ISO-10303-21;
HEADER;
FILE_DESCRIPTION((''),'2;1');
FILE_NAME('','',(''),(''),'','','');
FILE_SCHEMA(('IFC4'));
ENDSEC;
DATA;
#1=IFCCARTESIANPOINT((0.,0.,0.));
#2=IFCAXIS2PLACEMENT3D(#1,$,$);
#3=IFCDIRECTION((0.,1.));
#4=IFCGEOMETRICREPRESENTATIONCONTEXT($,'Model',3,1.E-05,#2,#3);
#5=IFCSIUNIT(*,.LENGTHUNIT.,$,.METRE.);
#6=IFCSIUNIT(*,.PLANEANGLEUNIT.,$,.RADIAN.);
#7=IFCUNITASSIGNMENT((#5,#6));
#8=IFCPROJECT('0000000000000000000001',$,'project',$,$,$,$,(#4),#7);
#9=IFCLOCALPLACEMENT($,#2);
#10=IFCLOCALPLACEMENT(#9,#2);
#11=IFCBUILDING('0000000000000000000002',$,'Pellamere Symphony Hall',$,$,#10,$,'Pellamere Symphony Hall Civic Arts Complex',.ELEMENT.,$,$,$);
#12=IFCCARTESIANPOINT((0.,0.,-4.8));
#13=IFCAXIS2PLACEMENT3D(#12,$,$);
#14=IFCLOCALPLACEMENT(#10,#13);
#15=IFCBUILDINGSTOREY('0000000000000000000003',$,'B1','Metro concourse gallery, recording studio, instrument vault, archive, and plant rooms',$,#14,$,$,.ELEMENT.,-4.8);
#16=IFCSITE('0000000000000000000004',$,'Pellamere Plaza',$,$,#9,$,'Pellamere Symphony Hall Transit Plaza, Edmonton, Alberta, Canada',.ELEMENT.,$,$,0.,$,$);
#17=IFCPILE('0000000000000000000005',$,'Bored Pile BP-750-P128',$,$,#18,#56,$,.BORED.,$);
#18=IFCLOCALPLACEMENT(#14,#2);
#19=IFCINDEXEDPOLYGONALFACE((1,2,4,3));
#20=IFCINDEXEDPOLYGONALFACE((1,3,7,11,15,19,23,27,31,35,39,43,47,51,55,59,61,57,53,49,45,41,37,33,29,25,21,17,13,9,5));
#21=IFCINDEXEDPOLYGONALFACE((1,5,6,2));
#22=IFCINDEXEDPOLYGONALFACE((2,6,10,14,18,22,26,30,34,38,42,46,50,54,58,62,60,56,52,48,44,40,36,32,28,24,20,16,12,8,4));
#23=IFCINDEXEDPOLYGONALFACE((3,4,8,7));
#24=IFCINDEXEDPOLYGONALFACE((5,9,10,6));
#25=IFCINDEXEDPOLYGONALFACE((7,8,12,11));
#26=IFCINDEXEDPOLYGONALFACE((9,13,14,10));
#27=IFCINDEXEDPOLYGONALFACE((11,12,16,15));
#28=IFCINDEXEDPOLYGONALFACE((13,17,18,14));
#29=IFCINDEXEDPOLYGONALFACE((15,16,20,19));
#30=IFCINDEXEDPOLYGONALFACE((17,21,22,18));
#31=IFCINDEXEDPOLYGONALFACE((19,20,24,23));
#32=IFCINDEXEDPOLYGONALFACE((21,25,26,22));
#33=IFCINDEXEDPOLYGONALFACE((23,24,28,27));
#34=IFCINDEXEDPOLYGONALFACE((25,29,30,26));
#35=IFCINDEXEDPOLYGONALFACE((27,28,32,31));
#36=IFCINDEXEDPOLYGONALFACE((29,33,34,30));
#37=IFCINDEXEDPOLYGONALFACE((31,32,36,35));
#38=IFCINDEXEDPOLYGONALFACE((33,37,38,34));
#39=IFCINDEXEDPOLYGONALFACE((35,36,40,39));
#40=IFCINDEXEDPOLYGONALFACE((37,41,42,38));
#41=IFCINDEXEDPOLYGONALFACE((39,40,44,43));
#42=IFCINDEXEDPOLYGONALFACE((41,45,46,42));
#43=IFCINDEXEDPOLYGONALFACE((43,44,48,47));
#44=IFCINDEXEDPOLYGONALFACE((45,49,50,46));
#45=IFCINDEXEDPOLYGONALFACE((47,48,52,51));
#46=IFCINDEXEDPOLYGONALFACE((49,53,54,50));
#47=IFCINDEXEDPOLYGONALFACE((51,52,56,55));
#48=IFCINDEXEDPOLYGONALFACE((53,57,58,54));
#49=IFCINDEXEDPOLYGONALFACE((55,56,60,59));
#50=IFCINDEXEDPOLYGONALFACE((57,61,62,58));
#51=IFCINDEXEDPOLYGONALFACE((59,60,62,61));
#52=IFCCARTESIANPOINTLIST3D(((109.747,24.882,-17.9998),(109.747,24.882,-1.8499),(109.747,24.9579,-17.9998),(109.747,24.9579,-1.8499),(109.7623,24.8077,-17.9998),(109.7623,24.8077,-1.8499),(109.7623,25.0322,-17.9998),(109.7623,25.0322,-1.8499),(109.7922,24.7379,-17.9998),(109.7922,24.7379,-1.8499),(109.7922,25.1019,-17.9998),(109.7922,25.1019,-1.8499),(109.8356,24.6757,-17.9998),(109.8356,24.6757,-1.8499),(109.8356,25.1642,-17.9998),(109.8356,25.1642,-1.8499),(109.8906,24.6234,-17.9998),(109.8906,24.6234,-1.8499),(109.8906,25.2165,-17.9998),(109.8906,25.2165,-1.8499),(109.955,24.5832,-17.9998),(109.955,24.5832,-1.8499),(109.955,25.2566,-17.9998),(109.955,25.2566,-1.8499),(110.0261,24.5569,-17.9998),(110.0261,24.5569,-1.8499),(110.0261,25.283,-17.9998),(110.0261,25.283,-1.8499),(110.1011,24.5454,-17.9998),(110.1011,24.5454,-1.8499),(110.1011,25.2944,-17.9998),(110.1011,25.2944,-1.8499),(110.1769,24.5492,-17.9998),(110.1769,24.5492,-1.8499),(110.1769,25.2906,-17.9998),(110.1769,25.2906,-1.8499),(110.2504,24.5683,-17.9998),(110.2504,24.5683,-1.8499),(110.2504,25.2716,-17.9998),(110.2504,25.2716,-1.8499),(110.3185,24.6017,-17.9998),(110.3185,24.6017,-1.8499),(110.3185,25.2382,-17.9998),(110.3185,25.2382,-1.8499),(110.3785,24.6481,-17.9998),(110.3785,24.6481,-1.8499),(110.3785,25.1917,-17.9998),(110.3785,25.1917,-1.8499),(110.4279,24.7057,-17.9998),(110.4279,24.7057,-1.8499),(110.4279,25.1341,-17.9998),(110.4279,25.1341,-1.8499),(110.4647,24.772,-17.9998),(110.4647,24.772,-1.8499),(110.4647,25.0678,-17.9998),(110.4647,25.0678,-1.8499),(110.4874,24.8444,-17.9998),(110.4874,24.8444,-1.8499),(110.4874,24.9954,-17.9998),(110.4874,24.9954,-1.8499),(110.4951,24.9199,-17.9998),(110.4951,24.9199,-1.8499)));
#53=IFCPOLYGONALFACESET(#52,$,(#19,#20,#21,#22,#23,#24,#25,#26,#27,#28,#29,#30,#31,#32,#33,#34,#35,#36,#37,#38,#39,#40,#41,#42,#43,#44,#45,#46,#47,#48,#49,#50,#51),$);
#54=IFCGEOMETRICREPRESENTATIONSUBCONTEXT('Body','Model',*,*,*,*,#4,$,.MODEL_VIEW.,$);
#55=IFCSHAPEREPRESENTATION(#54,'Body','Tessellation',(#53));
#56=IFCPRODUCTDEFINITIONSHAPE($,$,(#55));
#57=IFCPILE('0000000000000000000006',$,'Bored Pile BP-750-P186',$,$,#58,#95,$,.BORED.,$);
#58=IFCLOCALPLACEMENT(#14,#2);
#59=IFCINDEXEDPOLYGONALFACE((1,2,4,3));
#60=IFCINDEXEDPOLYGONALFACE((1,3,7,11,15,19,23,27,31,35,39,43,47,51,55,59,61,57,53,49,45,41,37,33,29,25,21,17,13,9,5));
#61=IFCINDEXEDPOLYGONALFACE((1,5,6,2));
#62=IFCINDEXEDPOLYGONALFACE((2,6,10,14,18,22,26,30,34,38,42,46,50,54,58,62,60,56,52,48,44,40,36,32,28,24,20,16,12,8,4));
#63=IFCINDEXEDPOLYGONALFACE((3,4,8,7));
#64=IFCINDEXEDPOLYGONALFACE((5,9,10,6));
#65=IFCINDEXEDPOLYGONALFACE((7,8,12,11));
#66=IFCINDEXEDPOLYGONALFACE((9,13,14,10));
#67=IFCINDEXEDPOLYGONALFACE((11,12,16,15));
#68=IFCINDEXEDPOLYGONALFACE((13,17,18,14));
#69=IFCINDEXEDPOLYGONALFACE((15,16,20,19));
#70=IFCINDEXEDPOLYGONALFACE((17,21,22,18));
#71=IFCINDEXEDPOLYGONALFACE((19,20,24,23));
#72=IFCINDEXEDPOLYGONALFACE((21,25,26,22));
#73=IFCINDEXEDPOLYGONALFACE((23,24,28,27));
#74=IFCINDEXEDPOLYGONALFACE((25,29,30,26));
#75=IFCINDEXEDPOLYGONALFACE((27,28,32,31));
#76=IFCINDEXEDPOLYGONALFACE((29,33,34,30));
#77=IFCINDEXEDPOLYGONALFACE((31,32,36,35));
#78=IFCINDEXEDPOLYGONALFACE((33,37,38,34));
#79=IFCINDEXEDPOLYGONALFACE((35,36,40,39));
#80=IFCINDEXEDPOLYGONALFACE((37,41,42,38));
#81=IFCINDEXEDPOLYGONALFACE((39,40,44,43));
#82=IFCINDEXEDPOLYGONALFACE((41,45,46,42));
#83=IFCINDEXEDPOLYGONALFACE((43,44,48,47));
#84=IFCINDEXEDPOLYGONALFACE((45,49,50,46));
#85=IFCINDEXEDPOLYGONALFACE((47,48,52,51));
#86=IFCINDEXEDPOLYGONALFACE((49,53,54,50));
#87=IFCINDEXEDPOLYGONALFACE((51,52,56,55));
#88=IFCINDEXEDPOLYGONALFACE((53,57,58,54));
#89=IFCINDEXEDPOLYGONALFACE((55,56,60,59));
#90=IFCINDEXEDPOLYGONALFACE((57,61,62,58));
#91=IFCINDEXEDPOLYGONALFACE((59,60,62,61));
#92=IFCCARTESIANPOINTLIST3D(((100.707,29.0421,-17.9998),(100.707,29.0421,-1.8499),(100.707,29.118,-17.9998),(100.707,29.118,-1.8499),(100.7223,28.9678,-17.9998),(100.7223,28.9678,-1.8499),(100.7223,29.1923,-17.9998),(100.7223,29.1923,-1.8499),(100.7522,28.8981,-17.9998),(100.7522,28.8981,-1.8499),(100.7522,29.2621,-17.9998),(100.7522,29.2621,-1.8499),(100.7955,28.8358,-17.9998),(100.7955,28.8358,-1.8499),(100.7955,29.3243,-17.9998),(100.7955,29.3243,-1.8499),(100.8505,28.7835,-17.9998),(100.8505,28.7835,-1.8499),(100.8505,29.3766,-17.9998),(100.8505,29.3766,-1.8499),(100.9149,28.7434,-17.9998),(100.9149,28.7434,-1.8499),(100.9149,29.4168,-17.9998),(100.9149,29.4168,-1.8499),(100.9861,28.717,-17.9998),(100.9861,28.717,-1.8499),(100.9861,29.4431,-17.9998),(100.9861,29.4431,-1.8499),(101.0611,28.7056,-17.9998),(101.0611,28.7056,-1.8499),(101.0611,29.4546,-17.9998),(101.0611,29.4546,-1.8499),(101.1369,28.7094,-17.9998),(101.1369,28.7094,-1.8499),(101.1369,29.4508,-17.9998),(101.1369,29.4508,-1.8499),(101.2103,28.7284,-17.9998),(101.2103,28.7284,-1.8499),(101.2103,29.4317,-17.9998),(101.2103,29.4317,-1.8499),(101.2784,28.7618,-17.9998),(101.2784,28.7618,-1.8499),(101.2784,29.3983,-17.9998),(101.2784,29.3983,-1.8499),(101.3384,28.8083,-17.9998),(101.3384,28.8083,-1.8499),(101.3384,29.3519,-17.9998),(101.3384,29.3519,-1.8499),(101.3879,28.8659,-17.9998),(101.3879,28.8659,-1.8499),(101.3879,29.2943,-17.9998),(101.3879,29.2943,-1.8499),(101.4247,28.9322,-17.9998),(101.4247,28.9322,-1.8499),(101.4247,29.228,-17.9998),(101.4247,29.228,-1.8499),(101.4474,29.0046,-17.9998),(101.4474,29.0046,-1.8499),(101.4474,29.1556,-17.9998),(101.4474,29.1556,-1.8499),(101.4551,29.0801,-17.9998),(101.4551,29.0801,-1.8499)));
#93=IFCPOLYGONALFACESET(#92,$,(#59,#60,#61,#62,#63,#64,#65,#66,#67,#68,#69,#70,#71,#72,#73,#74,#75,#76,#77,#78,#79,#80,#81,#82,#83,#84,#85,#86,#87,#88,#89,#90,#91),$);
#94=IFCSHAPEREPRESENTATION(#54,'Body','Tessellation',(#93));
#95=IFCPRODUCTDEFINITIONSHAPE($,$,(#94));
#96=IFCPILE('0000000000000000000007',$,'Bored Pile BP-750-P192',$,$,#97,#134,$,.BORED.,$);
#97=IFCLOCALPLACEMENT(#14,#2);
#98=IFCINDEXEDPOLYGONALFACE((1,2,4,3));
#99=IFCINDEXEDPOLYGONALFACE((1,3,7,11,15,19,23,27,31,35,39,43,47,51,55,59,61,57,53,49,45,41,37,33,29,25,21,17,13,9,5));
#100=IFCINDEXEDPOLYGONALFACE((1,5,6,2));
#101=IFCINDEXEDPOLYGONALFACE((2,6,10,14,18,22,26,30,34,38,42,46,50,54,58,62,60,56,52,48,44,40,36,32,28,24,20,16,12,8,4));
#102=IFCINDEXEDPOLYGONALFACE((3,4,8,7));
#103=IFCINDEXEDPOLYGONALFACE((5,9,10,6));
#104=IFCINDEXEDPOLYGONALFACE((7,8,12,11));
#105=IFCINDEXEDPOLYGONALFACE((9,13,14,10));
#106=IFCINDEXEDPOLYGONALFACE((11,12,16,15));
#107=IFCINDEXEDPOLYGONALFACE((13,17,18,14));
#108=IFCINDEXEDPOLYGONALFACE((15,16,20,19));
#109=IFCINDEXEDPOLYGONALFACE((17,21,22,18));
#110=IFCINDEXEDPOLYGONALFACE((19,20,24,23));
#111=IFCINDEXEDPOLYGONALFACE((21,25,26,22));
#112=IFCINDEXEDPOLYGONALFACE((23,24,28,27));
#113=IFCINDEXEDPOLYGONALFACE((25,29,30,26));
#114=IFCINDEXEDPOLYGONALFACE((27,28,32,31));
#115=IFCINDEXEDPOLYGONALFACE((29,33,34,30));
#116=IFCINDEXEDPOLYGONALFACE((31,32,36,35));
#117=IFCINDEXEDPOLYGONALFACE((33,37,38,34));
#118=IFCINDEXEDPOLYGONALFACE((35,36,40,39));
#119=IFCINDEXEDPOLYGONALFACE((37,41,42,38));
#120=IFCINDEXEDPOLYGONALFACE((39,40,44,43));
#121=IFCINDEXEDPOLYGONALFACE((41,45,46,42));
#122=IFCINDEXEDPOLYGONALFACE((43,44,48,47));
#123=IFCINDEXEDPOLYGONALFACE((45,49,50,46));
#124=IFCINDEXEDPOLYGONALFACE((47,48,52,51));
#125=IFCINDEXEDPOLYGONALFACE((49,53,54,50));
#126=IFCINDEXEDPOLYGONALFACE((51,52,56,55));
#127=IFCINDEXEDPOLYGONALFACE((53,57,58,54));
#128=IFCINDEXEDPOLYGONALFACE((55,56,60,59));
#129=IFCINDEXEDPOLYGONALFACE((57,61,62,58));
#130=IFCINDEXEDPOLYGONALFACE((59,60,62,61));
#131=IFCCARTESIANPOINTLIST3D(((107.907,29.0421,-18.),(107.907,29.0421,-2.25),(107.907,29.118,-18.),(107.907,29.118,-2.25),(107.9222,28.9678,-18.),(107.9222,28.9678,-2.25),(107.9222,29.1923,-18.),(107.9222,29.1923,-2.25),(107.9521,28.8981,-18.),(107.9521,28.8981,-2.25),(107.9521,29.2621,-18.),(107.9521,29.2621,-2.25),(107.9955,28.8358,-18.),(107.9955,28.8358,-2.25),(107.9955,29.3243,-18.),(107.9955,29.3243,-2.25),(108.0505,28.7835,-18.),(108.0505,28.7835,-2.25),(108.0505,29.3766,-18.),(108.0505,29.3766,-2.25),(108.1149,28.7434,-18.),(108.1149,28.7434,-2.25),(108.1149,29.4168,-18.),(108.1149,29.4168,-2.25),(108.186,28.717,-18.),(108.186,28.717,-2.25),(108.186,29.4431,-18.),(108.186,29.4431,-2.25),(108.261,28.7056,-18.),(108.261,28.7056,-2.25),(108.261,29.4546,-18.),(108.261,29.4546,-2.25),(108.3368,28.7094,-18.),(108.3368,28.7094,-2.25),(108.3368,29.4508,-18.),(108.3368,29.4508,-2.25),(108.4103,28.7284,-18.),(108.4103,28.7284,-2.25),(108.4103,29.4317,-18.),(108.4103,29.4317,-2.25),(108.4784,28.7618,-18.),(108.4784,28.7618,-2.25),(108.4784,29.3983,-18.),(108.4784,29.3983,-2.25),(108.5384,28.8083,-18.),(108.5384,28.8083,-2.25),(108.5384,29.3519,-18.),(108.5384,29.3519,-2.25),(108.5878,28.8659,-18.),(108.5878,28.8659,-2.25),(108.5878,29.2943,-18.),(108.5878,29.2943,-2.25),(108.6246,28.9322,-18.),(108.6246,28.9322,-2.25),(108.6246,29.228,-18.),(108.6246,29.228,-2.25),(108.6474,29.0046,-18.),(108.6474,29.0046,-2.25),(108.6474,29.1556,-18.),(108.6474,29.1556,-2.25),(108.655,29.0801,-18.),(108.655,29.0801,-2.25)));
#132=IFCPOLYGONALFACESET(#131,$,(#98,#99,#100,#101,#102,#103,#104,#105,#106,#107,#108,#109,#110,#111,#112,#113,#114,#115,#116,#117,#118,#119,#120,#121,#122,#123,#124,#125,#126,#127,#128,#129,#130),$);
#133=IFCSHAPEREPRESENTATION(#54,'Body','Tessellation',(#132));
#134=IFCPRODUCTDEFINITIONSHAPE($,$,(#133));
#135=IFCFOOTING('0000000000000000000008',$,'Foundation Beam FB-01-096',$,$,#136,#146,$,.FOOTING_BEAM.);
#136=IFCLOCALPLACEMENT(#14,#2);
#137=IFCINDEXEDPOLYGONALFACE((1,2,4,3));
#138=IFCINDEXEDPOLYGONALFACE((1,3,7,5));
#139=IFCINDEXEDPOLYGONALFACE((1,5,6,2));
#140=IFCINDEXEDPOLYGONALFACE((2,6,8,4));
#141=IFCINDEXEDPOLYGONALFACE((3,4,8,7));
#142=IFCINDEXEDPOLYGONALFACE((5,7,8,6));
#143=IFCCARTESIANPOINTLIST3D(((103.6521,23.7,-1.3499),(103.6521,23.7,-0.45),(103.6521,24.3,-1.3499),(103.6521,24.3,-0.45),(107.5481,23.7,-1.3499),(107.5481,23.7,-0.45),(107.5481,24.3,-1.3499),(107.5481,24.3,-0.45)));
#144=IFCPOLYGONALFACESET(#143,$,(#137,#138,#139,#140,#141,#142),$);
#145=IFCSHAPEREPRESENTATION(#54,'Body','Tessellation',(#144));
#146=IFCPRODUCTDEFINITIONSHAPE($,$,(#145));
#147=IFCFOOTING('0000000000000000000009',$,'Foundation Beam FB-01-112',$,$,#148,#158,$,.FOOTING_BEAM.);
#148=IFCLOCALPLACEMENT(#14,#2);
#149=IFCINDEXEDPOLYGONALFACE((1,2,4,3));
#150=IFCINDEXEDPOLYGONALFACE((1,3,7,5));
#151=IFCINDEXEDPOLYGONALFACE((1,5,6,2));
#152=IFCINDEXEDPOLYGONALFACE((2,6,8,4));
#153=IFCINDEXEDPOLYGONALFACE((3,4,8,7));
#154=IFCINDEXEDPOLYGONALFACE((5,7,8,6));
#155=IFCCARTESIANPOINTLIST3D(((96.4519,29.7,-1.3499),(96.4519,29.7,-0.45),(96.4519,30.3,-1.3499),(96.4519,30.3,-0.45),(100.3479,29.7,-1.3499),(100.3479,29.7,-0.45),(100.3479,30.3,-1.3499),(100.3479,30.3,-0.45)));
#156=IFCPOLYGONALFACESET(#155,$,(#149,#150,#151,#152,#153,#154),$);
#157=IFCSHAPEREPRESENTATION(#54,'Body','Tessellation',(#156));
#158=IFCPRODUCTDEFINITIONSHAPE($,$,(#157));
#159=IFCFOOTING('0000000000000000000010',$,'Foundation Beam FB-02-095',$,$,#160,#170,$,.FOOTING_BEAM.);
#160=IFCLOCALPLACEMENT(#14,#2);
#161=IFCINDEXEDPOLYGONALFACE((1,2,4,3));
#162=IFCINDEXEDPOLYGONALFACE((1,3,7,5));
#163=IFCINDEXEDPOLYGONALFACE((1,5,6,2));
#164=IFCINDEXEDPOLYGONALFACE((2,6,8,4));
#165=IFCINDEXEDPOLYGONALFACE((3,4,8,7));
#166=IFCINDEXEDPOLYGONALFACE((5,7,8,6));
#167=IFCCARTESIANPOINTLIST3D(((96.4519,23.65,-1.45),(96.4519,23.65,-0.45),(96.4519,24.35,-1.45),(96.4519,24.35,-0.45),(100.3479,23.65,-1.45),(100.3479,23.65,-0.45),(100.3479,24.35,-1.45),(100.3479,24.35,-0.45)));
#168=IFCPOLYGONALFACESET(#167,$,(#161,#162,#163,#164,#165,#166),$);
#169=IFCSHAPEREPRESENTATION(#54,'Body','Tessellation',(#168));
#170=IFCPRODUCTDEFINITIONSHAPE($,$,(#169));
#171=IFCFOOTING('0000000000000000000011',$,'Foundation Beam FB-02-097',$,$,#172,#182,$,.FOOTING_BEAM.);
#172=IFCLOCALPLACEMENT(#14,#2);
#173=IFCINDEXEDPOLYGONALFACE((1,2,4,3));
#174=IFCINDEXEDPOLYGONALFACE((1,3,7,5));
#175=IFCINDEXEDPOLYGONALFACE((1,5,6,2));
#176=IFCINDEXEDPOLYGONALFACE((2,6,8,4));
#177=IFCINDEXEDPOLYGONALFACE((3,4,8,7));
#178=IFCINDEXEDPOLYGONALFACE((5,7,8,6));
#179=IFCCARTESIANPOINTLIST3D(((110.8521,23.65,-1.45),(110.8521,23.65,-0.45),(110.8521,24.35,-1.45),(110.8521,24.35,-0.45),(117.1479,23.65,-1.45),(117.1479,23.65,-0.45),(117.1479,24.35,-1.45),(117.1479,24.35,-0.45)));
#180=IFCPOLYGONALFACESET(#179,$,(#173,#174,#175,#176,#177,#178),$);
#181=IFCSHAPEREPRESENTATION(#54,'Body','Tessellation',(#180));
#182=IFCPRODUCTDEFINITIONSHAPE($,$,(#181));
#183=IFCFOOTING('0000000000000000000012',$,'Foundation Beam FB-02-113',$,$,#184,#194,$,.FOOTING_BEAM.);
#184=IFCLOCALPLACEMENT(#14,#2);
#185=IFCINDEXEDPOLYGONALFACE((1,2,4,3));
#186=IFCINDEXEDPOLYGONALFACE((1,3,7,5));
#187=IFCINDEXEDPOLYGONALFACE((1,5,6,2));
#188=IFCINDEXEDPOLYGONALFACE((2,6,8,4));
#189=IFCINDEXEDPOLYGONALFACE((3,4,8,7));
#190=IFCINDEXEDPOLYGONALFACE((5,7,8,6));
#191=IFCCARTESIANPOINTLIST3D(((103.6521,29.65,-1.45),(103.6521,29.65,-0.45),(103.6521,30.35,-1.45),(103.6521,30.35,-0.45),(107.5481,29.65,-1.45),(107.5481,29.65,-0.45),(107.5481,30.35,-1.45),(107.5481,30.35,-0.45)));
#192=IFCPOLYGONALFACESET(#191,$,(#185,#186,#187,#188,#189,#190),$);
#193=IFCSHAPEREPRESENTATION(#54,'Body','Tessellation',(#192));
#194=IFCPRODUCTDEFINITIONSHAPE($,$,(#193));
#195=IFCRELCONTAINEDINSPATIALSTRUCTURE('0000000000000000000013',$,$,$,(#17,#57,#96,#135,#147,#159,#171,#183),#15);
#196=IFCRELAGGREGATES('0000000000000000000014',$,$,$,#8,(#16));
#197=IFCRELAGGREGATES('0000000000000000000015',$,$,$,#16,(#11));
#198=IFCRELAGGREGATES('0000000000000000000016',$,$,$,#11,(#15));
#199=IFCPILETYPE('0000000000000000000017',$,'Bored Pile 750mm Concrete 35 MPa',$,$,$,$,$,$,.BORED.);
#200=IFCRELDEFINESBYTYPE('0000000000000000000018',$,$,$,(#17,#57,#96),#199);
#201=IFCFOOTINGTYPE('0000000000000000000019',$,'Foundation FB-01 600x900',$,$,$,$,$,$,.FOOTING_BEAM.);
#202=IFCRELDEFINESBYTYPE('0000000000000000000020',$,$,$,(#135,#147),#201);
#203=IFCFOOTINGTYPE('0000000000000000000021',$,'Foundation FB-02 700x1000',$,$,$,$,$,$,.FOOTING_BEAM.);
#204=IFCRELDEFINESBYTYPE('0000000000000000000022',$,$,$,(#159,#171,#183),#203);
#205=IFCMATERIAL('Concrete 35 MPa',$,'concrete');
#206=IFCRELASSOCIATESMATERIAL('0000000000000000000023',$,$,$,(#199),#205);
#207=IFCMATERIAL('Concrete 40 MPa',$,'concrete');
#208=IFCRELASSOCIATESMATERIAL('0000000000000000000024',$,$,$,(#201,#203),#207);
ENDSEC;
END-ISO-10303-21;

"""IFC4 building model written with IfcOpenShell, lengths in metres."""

from ifc_helpers import new_model, si_unit, direction, frame, origin, origin_2d, place, context, subcontext, project, spatial, rectangle, circle, extrude, material, material_profile, profile_set, type_object, element, save


model = new_model("IFC4")

# Units and contexts
model_context = context("Model", 3, precision=1e-05, world=origin(), true_north=direction((0.0, 1.0)))
body_context = subcontext(model_context, "Body", "Model", "MODEL_VIEW")
ifc_project = project(units=[si_unit("LENGTHUNIT", "METRE"), si_unit("PLANEANGLEUNIT", "RADIAN")], contexts=[model_context])

# Site, building, storey
site_placement = place(None, origin())
site = spatial("IfcSite", under=ifc_project, at=site_placement, Name="Pellamere Plaza", LongName="Pellamere Symphony Hall Transit Plaza, Edmonton, Alberta, Canada", CompositionType="ELEMENT", RefElevation=0.0)
building_placement = place(site_placement, origin())
building = spatial("IfcBuilding", under=site, at=building_placement, Name="Pellamere Symphony Hall", LongName="Pellamere Symphony Hall Civic Arts Complex", CompositionType="ELEMENT")
storey_placement = place(building_placement, frame((0.0, 0.0, -4.8)))
storey = spatial("IfcBuildingStorey", under=building, at=storey_placement, Name="B1", Description="Metro concourse gallery, recording studio, instrument vault, archive, and plant rooms", CompositionType="ELEMENT", Elevation=-4.8)

# Piles
ifc_material_1 = material(Name="Concrete 35 MPa", Category="concrete")
ifc_material_profile_1 = material_profile(ifc_material_1, circle(Radius=0.375, at=origin_2d()), Name="PILE D750")
ifc_profile_set_1 = profile_set([ifc_material_profile_1], Name="Concrete 35 MPa")
pile_type = type_object("IfcPileType", Name="Bored Pile 750mm Concrete 35 MPa", PredefinedType="BORED", material=ifc_profile_set_1)
for number, where, z_axis, x_axis, name in (
    (1, (110.1201, 24.9199, -1.8499), (0.0, 0.0, -1.0), (1.0, 0.0, 0.0), "Bored Pile BP-750-P128"),
    (2, (101.0801, 29.0801, -1.8499), (0.0, 0.0, -1.0), (1.0, 0.0, 0.0), "Bored Pile BP-750-P186"),
):
    element("IfcPile", number, at=place(storey_placement, frame(where, z_axis=z_axis, x_axis=x_axis)), inside=storey, type_object=pile_type, Name=name, PredefinedType="BORED", context=body_context, shape_type="SweptSolid", body=[
        extrude(circle(Radius=0.375, at=origin_2d()), origin(), (0.0, 0.0, 1.0), 16.1499),
    ])
pile_1_placement = place(storey_placement, frame((108.28, 29.0801, -2.25), z_axis=(0.0, 0.0, -1.0), x_axis=(1.0, 0.0, 0.0)))
element("IfcPile", 3, at=pile_1_placement, inside=storey, type_object=pile_type, Name="Bored Pile BP-750-P192", PredefinedType="BORED", context=body_context, shape_type="SweptSolid", body=[
    extrude(circle(Radius=0.375, at=origin_2d()), origin(), (0.0, 0.0, 1.0), 15.75),
])

# Footings
ifc_material_2 = material(Name="Concrete 40 MPa", Category="concrete")
ifc_material_profile_2 = material_profile(ifc_material_2, rectangle(XDim=0.6001, YDim=0.8999, at=origin_2d()), Name="RC 600x900")
ifc_profile_set_2 = profile_set([ifc_material_profile_2], Name="Concrete 40 MPa")
footing_type_1 = type_object("IfcFootingType", Name="Foundation FB-01 600x900", PredefinedType="FOOTING_BEAM", material=ifc_profile_set_2)
for number, where, z_axis, x_axis, name in (
    (4, (103.6521, 24.0, -0.8999), (1.0, 0.0, 0.0), (0.0, 1.0, 0.0), "Foundation Beam FB-01-096"),
    (5, (96.4519, 30.0, -0.8999), (1.0, 0.0, 0.0), (0.0, 1.0, 0.0), "Foundation Beam FB-01-112"),
):
    element("IfcFooting", number, at=place(storey_placement, frame(where, z_axis=z_axis, x_axis=x_axis)), inside=storey, type_object=footing_type_1, Name=name, PredefinedType="FOOTING_BEAM", context=body_context, shape_type="SweptSolid", body=[
        extrude(rectangle(XDim=0.6001, YDim=0.8999, at=origin_2d()), origin(), (0.0, 0.0, 1.0), 3.896),
    ])
ifc_material_profile_3 = material_profile(ifc_material_2, rectangle(XDim=0.7, YDim=1.0, at=origin_2d()), Name="RC 700x1000")
ifc_profile_set_3 = profile_set([ifc_material_profile_3], Name="Concrete 40 MPa")
footing_type_2 = type_object("IfcFootingType", Name="Foundation FB-02 700x1000", PredefinedType="FOOTING_BEAM", material=ifc_profile_set_3)
footing_1_placement = place(storey_placement, frame((96.4519, 24.0, -0.95), z_axis=(1.0, 0.0, 0.0), x_axis=(0.0, 1.0, 0.0)))
element("IfcFooting", 6, at=footing_1_placement, inside=storey, type_object=footing_type_2, Name="Foundation Beam FB-02-095", PredefinedType="FOOTING_BEAM", context=body_context, shape_type="SweptSolid", body=[
    extrude(rectangle(XDim=0.7, YDim=1.0, at=origin_2d()), origin(), (0.0, 0.0, 1.0), 3.896),
])
footing_2_placement = place(storey_placement, frame((110.8521, 24.0, -0.95), z_axis=(1.0, 0.0, 0.0), x_axis=(0.0, 1.0, 0.0)))
element("IfcFooting", 7, at=footing_2_placement, inside=storey, type_object=footing_type_2, Name="Foundation Beam FB-02-097", PredefinedType="FOOTING_BEAM", context=body_context, shape_type="SweptSolid", body=[
    extrude(rectangle(XDim=0.7, YDim=1.0, at=origin_2d()), origin(), (0.0, 0.0, 1.0), 6.2959),
])
footing_3_placement = place(storey_placement, frame((103.6521, 30.0, -0.95), z_axis=(1.0, 0.0, 0.0), x_axis=(0.0, 1.0, 0.0)))
element("IfcFooting", 8, at=footing_3_placement, inside=storey, type_object=footing_type_2, Name="Foundation Beam FB-02-113", PredefinedType="FOOTING_BEAM", context=body_context, shape_type="SweptSolid", body=[
    extrude(rectangle(XDim=0.7, YDim=1.0, at=origin_2d()), origin(), (0.0, 0.0, 1.0), 3.896),
])

save(model, "model.ifc")
